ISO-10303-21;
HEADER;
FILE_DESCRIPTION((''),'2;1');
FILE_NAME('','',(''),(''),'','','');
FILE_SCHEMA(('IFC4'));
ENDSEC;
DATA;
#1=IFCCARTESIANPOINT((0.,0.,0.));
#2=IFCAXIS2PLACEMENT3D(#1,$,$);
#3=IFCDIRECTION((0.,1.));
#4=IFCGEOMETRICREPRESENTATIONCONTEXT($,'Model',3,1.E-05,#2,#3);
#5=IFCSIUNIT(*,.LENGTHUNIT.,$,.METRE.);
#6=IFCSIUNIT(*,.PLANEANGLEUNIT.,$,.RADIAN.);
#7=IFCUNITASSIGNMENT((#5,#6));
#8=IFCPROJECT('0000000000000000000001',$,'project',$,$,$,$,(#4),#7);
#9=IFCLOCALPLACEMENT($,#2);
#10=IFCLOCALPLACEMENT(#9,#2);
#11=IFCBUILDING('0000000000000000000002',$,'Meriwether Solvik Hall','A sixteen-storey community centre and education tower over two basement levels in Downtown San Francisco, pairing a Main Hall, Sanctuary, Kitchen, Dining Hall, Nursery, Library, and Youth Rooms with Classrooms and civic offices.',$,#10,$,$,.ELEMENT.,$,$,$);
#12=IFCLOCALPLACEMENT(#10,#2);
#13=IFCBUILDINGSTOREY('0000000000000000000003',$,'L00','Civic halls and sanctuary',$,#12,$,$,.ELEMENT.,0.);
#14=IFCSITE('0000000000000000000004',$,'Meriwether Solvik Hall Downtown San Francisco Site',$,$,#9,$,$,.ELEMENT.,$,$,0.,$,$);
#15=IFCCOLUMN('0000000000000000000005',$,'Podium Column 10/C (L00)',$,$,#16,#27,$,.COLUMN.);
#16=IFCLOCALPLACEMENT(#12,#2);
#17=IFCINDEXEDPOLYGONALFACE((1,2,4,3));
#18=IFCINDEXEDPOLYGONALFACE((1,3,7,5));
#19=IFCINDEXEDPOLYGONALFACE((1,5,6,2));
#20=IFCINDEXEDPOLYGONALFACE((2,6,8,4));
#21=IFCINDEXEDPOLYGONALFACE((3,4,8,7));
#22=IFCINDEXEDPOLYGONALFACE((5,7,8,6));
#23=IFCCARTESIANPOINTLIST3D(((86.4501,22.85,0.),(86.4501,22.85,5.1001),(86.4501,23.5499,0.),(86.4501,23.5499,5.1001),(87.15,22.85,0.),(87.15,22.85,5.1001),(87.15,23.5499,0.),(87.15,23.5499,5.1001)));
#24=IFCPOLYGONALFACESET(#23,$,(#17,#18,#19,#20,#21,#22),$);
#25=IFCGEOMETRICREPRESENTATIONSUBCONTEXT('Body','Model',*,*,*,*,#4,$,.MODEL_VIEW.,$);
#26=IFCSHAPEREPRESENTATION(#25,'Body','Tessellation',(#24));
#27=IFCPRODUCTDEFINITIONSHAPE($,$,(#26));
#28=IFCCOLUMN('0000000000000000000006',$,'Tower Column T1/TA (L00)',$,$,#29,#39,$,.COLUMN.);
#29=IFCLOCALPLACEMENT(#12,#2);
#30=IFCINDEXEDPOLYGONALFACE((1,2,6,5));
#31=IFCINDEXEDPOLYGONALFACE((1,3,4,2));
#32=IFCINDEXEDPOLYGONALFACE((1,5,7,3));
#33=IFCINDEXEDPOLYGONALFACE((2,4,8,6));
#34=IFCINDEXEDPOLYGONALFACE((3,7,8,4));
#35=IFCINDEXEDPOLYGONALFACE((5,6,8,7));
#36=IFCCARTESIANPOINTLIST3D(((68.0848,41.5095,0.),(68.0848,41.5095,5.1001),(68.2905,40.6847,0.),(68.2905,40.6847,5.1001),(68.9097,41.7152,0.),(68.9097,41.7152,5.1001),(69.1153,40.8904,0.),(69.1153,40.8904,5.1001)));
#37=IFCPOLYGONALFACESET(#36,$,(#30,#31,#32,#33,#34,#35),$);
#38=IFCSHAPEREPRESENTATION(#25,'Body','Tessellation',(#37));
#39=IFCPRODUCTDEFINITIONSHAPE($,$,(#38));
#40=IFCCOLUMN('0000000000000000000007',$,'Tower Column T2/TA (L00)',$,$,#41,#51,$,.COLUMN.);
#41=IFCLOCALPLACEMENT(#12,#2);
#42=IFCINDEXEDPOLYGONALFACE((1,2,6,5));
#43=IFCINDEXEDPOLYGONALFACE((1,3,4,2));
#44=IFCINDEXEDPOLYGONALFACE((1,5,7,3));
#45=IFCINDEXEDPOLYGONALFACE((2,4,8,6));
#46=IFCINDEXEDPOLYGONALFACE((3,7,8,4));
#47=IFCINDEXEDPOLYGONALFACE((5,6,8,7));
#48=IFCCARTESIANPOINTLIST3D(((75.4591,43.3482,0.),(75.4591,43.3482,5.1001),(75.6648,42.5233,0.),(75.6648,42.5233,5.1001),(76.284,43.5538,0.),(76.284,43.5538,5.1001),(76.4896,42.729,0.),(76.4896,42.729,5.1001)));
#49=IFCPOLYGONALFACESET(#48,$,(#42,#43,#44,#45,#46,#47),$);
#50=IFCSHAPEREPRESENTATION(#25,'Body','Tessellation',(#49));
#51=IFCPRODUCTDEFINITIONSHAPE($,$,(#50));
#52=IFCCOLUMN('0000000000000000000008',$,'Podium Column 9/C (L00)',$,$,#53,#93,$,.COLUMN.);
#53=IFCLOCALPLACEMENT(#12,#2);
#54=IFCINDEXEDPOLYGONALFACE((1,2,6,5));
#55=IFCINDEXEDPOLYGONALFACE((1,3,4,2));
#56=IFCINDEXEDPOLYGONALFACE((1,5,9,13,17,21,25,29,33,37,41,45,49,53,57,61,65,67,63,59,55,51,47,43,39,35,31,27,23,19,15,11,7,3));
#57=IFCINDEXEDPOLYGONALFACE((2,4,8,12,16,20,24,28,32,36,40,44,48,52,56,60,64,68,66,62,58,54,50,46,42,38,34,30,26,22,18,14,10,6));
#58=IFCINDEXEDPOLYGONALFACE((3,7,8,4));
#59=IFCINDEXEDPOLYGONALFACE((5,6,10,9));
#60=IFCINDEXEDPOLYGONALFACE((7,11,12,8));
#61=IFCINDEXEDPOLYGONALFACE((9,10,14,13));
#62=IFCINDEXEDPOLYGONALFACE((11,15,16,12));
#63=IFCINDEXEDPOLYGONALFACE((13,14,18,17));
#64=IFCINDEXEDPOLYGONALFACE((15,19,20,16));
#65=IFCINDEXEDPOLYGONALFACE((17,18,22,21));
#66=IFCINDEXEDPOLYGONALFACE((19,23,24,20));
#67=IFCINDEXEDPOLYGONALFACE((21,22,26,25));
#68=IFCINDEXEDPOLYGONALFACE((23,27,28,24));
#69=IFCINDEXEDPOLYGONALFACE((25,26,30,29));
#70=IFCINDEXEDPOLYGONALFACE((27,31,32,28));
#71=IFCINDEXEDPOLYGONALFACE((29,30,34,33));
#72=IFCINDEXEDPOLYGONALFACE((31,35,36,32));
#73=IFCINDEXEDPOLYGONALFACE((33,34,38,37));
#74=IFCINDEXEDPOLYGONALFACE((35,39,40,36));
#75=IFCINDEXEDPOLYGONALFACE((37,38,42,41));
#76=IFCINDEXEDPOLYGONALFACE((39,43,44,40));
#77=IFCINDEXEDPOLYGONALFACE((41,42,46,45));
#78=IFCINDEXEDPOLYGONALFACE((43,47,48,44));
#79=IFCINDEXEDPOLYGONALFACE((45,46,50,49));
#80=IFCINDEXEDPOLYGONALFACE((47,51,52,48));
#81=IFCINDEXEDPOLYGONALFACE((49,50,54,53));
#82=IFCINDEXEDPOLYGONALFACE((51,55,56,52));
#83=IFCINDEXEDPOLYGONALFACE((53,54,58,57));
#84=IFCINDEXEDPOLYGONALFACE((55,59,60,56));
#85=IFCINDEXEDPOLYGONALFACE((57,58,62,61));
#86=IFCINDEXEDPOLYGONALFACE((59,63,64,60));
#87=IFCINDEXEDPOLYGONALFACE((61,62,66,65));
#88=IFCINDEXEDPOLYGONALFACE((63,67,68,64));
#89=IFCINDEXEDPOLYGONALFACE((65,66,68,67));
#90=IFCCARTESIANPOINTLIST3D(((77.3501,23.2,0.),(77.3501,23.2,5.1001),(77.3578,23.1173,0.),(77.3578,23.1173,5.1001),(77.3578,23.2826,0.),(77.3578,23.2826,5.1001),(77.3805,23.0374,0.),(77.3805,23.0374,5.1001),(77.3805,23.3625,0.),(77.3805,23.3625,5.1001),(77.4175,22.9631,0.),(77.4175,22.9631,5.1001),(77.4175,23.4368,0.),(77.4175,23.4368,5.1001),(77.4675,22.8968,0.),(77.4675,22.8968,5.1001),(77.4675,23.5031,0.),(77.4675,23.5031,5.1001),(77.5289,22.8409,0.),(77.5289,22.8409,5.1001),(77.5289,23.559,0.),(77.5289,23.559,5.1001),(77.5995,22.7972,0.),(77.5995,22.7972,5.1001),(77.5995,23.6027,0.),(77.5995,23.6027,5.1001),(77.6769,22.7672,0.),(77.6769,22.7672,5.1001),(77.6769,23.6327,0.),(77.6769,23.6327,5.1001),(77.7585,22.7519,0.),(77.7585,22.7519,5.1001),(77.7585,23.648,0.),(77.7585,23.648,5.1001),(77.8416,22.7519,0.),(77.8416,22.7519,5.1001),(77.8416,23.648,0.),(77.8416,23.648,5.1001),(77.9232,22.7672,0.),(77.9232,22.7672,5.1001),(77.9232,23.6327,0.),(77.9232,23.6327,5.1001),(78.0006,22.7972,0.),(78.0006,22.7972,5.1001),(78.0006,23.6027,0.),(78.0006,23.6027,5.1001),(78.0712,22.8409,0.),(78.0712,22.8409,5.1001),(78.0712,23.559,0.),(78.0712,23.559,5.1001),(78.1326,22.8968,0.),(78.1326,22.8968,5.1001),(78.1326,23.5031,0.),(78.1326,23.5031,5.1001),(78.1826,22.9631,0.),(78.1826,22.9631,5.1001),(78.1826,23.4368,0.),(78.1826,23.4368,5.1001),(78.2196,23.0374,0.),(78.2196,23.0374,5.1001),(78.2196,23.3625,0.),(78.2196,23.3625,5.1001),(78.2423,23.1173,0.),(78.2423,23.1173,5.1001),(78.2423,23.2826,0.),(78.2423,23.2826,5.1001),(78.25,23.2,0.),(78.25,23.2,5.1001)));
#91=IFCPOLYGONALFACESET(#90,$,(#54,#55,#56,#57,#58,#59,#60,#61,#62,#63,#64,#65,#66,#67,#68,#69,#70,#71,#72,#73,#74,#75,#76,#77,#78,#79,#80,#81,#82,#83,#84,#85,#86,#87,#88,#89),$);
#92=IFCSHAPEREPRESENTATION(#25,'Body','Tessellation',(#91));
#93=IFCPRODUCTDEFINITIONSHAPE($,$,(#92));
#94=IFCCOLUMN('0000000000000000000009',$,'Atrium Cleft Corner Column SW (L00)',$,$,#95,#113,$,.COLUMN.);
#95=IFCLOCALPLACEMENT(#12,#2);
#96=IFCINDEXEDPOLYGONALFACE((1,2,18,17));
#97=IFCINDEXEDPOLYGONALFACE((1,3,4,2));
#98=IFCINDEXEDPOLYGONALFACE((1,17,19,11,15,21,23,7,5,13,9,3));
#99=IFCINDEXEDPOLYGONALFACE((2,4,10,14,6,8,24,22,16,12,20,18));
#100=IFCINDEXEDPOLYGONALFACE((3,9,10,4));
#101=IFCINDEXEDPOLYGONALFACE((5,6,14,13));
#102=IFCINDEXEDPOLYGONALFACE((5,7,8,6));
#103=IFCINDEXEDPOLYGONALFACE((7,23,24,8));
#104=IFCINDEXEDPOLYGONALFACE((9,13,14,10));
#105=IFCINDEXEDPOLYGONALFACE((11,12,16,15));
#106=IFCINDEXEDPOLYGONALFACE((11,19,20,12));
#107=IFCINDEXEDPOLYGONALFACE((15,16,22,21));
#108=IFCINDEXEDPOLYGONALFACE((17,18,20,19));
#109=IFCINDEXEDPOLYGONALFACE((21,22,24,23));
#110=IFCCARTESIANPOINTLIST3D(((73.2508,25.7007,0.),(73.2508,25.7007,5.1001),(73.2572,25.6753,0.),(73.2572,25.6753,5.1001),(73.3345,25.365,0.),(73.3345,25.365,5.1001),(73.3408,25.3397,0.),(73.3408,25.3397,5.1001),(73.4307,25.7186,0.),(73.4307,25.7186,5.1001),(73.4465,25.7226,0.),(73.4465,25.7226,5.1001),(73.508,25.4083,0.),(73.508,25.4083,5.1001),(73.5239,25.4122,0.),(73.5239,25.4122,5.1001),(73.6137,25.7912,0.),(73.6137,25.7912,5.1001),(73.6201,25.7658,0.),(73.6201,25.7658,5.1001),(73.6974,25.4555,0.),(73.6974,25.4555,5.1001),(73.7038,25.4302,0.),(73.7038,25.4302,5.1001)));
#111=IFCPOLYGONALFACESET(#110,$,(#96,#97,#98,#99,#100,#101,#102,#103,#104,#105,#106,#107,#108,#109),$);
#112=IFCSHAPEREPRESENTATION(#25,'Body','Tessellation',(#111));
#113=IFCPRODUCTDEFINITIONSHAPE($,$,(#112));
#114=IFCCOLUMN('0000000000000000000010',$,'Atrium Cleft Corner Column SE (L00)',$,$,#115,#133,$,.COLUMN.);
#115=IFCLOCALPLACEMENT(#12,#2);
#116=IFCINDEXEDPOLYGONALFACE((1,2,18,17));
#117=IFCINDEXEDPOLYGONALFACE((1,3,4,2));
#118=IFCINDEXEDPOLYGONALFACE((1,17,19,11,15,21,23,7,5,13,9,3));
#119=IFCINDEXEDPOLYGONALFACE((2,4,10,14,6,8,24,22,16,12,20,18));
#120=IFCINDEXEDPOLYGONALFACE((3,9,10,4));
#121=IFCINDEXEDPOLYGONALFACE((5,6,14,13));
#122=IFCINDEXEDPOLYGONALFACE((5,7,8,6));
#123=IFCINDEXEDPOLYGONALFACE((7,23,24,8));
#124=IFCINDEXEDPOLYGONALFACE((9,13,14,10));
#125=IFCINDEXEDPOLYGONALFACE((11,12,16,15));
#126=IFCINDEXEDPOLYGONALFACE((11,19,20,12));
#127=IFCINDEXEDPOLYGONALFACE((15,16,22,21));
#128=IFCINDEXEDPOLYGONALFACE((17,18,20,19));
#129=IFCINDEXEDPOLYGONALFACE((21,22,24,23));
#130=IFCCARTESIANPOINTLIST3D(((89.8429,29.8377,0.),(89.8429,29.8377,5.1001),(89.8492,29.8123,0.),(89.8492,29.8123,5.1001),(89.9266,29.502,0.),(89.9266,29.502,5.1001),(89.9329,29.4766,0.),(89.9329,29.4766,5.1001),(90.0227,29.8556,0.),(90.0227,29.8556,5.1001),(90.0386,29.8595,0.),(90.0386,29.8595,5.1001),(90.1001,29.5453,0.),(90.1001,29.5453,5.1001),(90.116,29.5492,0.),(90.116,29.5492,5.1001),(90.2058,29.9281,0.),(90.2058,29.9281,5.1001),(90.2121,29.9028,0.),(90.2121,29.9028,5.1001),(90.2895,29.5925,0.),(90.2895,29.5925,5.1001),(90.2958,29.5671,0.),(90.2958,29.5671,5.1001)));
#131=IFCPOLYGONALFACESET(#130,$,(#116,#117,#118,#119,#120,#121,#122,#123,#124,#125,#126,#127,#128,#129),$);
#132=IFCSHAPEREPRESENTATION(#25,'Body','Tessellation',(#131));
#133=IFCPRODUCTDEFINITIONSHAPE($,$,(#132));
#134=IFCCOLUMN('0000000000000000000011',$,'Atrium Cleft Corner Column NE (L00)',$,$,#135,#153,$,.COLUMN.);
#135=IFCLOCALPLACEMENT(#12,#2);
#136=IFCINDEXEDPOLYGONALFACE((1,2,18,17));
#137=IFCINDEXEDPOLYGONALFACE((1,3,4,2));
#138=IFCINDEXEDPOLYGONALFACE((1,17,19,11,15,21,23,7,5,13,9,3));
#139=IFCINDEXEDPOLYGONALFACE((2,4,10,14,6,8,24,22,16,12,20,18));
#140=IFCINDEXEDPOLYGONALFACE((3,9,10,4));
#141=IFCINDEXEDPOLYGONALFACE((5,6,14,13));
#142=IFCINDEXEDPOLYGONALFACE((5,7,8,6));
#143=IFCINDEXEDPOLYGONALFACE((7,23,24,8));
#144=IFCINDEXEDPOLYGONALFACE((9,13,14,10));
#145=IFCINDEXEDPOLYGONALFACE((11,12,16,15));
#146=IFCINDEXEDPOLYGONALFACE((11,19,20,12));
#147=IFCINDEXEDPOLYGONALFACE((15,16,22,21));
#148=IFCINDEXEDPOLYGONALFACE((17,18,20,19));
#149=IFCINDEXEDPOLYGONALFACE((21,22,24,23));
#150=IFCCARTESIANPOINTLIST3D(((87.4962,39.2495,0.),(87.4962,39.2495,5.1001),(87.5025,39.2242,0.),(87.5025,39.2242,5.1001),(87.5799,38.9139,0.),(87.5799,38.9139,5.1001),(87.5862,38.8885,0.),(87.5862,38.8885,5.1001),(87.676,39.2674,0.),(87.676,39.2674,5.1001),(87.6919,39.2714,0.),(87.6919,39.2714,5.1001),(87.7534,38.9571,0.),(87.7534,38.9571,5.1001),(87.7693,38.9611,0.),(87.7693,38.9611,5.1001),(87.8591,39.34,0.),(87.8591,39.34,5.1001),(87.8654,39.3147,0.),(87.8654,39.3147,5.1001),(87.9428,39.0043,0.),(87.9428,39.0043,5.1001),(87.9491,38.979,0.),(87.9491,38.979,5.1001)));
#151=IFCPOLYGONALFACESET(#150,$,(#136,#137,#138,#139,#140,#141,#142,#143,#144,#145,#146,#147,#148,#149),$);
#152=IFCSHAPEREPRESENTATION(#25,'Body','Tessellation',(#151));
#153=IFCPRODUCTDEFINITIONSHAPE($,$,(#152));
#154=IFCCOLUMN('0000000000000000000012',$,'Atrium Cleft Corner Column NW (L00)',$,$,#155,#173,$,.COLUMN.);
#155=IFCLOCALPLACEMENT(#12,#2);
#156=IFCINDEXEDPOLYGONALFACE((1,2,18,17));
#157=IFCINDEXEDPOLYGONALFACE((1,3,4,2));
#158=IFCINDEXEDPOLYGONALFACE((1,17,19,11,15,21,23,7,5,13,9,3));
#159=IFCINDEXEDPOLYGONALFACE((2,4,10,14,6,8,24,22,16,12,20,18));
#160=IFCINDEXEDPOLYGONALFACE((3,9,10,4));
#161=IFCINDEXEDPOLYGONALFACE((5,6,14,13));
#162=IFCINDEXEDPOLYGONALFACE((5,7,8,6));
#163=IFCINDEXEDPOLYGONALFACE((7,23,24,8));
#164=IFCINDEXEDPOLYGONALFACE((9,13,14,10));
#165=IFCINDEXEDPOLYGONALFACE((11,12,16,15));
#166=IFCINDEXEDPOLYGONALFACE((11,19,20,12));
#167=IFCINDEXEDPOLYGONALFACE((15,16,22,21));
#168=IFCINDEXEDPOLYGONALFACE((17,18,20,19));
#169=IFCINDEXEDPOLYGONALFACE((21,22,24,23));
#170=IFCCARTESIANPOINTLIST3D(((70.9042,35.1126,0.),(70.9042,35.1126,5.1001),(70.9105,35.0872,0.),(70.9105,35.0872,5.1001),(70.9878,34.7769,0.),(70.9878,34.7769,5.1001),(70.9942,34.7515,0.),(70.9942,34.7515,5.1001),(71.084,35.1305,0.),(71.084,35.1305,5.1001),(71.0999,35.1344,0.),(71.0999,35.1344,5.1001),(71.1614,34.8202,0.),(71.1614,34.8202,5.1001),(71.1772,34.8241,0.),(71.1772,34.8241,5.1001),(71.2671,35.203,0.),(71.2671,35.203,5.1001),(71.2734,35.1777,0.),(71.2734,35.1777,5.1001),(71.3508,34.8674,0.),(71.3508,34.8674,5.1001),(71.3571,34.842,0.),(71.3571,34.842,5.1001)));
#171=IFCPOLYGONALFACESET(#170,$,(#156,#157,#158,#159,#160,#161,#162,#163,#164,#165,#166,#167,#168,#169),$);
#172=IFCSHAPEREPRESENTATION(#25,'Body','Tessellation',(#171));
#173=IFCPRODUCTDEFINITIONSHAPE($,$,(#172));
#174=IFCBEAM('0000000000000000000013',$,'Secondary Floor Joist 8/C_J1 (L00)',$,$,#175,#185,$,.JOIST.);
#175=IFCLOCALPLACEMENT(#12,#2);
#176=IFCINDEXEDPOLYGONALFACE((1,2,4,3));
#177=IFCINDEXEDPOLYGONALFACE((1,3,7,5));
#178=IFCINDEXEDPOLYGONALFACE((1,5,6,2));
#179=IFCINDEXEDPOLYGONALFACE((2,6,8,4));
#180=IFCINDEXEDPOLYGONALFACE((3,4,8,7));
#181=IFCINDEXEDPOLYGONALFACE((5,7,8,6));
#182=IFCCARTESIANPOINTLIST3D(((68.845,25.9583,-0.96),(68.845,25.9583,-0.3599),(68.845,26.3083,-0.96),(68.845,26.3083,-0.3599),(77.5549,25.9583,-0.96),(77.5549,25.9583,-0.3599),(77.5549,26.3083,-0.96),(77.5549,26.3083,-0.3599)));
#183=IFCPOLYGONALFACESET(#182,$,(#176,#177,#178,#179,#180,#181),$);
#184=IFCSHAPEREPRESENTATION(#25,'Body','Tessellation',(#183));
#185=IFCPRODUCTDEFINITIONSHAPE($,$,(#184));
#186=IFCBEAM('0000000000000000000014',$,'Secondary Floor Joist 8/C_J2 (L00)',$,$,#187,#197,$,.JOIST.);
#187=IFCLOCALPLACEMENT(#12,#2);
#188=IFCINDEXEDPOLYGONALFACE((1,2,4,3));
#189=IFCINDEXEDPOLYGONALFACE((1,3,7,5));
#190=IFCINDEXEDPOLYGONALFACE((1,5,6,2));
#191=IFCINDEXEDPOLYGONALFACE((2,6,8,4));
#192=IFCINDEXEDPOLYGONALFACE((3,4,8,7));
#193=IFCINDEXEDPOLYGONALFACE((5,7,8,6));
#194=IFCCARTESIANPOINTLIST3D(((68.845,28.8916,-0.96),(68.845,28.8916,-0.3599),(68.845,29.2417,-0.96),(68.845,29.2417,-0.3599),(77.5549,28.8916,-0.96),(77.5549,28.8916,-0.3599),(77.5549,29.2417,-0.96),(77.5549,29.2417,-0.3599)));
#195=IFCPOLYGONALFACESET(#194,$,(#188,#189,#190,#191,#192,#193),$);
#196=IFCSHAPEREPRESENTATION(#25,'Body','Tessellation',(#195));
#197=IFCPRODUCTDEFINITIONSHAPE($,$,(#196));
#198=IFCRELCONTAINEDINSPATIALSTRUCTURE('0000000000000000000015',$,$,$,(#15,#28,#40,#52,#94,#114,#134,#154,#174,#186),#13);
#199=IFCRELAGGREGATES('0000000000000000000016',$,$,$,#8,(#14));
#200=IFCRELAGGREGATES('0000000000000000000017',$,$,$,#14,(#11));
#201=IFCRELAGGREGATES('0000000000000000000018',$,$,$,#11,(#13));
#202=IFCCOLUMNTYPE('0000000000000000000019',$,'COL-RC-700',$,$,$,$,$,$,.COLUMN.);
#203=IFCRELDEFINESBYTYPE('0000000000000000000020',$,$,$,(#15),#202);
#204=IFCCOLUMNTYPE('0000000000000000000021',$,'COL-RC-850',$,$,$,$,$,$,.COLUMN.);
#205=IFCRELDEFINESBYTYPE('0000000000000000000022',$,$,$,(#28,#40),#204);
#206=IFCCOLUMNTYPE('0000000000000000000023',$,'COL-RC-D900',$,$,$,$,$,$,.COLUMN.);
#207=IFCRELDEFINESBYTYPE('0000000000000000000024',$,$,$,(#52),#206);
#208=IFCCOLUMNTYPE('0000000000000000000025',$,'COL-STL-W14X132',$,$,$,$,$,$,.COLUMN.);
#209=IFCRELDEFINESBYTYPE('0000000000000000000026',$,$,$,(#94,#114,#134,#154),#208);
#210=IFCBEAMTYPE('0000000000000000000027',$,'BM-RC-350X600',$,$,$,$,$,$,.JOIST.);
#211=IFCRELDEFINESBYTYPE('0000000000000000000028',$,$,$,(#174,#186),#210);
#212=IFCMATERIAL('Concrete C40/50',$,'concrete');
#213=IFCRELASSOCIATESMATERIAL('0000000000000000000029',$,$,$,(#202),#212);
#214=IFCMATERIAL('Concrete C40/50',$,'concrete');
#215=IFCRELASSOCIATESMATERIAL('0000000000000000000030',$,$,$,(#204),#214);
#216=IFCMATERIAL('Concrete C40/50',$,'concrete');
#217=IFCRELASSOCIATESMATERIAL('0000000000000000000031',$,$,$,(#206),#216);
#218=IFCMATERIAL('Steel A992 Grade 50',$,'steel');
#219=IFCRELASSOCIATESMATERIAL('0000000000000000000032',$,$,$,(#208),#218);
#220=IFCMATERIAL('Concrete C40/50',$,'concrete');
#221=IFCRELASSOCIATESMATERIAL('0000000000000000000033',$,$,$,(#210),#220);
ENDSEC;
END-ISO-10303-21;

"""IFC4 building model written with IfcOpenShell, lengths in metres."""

from ifc_helpers import new_model, si_unit, direction, frame, origin, origin_2d, place, context, subcontext, project, spatial, rectangle, circle, i_section, extrude, material, material_profile, profile_set, type_object, element, save


model = new_model("IFC4")

# Units and contexts
model_context = context("Model", 3, precision=1e-05, world=origin(), true_north=direction((0.0, 1.0)))
body_context = subcontext(model_context, "Body", "Model", "MODEL_VIEW")
ifc_project = project(units=[si_unit("LENGTHUNIT", "METRE"), si_unit("PLANEANGLEUNIT", "RADIAN")], contexts=[model_context])

# Site, building, storey
site_placement = place(None, origin())
site = spatial("IfcSite", under=ifc_project, at=site_placement, Name="Meriwether Solvik Hall Downtown San Francisco Site", CompositionType="ELEMENT", RefElevation=0.0)
building_placement = place(site_placement, origin())
building = spatial("IfcBuilding", under=site, at=building_placement, Name="Meriwether Solvik Hall", Description="A sixteen-storey community centre and education tower over two basement levels in Downtown San Francisco, pairing a Main Hall, Sanctuary, Kitchen, Dining Hall, Nursery, Library, and Youth Rooms with Classrooms and civic offices.", CompositionType="ELEMENT")
storey_placement = place(building_placement, origin())
storey = spatial("IfcBuildingStorey", under=building, at=storey_placement, Name="L00", Description="Civic halls and sanctuary", CompositionType="ELEMENT", Elevation=0.0)

# Columns
ifc_material_1 = material(Name="Concrete C40/50", Category="concrete")
ifc_material_profile_1 = material_profile(ifc_material_1, rectangle(XDim=0.7, YDim=0.7, at=origin_2d()), Name="RCC-700X700")
ifc_profile_set_1 = profile_set([ifc_material_profile_1], Name="Concrete C40/50")
column_type_1 = type_object("IfcColumnType", Name="COL-RC-700", PredefinedType="COLUMN", material=ifc_profile_set_1)
column_1_placement = place(storey_placement, frame((86.8, 23.2, 0.0), z_axis=(0.0, 0.0, 1.0), x_axis=(1.0, 0.0, 0.0)))
element("IfcColumn", 1, at=column_1_placement, inside=storey, type_object=column_type_1, Name="Podium Column 10/C (L00)", PredefinedType="COLUMN", context=body_context, shape_type="SweptSolid", body=[
    extrude(rectangle(XDim=0.7, YDim=0.7, at=origin_2d()), origin(), (0.0, 0.0, 1.0), 5.1001),
])
ifc_material_2 = material(Name="Concrete C40/50", Category="concrete")
ifc_material_profile_2 = material_profile(ifc_material_2, rectangle(XDim=0.8501, YDim=0.8501, at=origin_2d()), Name="RCC-850X850")
ifc_profile_set_2 = profile_set([ifc_material_profile_2], Name="Concrete C40/50")
column_type_2 = type_object("IfcColumnType", Name="COL-RC-850", PredefinedType="COLUMN", material=ifc_profile_set_2)
for number, where, z_axis, x_axis, name in (
    (2, (68.6001, 41.2, 0.0), (0.0, 0.0, 1.0), (0.970296, 0.241922, 0.0), "Tower Column T1/TA (L00)"),
    (3, (75.9744, 43.0386, 0.0), (0.0, 0.0, 1.0), (0.970296, 0.241922, 0.0), "Tower Column T2/TA (L00)"),
):
    element("IfcColumn", number, at=place(storey_placement, frame(where, z_axis=z_axis, x_axis=x_axis)), inside=storey, type_object=column_type_2, Name=name, PredefinedType="COLUMN", context=body_context, shape_type="SweptSolid", body=[
        extrude(rectangle(XDim=0.8501, YDim=0.8501, at=origin_2d()), origin(), (0.0, 0.0, 1.0), 5.1001),
    ])
ifc_material_3 = material(Name="Concrete C40/50", Category="concrete")
ifc_material_profile_3 = material_profile(ifc_material_3, circle(Radius=0.45, at=origin_2d()), Name="RCC-D900")
ifc_profile_set_3 = profile_set([ifc_material_profile_3], Name="Concrete C40/50")
column_type_3 = type_object("IfcColumnType", Name="COL-RC-D900", PredefinedType="COLUMN", material=ifc_profile_set_3)
column_2_placement = place(storey_placement, frame((77.8, 23.2, 0.0), z_axis=(0.0, 0.0, 1.0), x_axis=(1.0, 0.0, 0.0)))
element("IfcColumn", 4, at=column_2_placement, inside=storey, type_object=column_type_3, Name="Podium Column 9/C (L00)", PredefinedType="COLUMN", context=body_context, shape_type="SweptSolid", body=[
    extrude(circle(Radius=0.45, at=origin_2d()), origin(), (0.0, 0.0, 1.0), 5.1001),
])
ifc_material_4 = material(Name="Steel A992 Grade 50", Category="steel")
ifc_material_profile_4 = material_profile(ifc_material_4, i_section(OverallWidth=0.374, OverallDepth=0.3721, WebThickness=0.0164, FlangeThickness=0.0261, at=origin_2d()), Name="W14X132")
ifc_profile_set_4 = profile_set([ifc_material_profile_4], Name="Steel A992 Grade 50")
column_type_4 = type_object("IfcColumnType", Name="COL-STL-W14X132", PredefinedType="COLUMN", material=ifc_profile_set_4)
for number, where, z_axis, x_axis, name in (
    (5, (73.4773, 25.5654, 0.0), (0.0, 0.0, 1.0), (0.970296, 0.241922, 0.0), "Atrium Cleft Corner Column SW (L00)"),
    (6, (90.0693, 29.7024, 0.0), (0.0, 0.0, 1.0), (0.970296, 0.241922, 0.0), "Atrium Cleft Corner Column SE (L00)"),
    (7, (87.7227, 39.1143, 0.0), (0.0, 0.0, 1.0), (0.970296, 0.241922, 0.0), "Atrium Cleft Corner Column NE (L00)"),
    (8, (71.1306, 34.9773, 0.0), (0.0, 0.0, 1.0), (0.970296, 0.241922, 0.0), "Atrium Cleft Corner Column NW (L00)"),
):
    element("IfcColumn", number, at=place(storey_placement, frame(where, z_axis=z_axis, x_axis=x_axis)), inside=storey, type_object=column_type_4, Name=name, PredefinedType="COLUMN", context=body_context, shape_type="SweptSolid", body=[
        extrude(i_section(OverallWidth=0.374, OverallDepth=0.3721, WebThickness=0.0164, FlangeThickness=0.0261, at=origin_2d()), origin(), (0.0, 0.0, 1.0), 5.1001),
    ])

# Beams
ifc_material_5 = material(Name="Concrete C40/50", Category="concrete")
ifc_material_profile_5 = material_profile(ifc_material_5, rectangle(XDim=0.3501, YDim=0.6001, at=origin_2d()), Name="RCB-350X600")
ifc_profile_set_5 = profile_set([ifc_material_profile_5], Name="Concrete C40/50")
beam_type_1 = type_object("IfcBeamType", Name="BM-RC-350X600", PredefinedType="JOIST", material=ifc_profile_set_5)
for number, where, z_axis, x_axis, name in (
    (9, (68.845, 26.1333, -0.6599), (1.0, 0.0, 0.0), (0.0, 1.0, 0.0), "Secondary Floor Joist 8/C_J1 (L00)"),
    (10, (68.845, 29.0667, -0.6599), (1.0, 0.0, 0.0), (0.0, 1.0, 0.0), "Secondary Floor Joist 8/C_J2 (L00)"),
):
    element("IfcBeam", number, at=place(storey_placement, frame(where, z_axis=z_axis, x_axis=x_axis)), inside=storey, type_object=beam_type_1, Name=name, PredefinedType="JOIST", context=body_context, shape_type="SweptSolid", body=[
        extrude(rectangle(XDim=0.3501, YDim=0.6001, at=origin_2d()), origin(), (0.0, 0.0, 1.0), 8.71),
    ])

save(model, "model.ifc")
